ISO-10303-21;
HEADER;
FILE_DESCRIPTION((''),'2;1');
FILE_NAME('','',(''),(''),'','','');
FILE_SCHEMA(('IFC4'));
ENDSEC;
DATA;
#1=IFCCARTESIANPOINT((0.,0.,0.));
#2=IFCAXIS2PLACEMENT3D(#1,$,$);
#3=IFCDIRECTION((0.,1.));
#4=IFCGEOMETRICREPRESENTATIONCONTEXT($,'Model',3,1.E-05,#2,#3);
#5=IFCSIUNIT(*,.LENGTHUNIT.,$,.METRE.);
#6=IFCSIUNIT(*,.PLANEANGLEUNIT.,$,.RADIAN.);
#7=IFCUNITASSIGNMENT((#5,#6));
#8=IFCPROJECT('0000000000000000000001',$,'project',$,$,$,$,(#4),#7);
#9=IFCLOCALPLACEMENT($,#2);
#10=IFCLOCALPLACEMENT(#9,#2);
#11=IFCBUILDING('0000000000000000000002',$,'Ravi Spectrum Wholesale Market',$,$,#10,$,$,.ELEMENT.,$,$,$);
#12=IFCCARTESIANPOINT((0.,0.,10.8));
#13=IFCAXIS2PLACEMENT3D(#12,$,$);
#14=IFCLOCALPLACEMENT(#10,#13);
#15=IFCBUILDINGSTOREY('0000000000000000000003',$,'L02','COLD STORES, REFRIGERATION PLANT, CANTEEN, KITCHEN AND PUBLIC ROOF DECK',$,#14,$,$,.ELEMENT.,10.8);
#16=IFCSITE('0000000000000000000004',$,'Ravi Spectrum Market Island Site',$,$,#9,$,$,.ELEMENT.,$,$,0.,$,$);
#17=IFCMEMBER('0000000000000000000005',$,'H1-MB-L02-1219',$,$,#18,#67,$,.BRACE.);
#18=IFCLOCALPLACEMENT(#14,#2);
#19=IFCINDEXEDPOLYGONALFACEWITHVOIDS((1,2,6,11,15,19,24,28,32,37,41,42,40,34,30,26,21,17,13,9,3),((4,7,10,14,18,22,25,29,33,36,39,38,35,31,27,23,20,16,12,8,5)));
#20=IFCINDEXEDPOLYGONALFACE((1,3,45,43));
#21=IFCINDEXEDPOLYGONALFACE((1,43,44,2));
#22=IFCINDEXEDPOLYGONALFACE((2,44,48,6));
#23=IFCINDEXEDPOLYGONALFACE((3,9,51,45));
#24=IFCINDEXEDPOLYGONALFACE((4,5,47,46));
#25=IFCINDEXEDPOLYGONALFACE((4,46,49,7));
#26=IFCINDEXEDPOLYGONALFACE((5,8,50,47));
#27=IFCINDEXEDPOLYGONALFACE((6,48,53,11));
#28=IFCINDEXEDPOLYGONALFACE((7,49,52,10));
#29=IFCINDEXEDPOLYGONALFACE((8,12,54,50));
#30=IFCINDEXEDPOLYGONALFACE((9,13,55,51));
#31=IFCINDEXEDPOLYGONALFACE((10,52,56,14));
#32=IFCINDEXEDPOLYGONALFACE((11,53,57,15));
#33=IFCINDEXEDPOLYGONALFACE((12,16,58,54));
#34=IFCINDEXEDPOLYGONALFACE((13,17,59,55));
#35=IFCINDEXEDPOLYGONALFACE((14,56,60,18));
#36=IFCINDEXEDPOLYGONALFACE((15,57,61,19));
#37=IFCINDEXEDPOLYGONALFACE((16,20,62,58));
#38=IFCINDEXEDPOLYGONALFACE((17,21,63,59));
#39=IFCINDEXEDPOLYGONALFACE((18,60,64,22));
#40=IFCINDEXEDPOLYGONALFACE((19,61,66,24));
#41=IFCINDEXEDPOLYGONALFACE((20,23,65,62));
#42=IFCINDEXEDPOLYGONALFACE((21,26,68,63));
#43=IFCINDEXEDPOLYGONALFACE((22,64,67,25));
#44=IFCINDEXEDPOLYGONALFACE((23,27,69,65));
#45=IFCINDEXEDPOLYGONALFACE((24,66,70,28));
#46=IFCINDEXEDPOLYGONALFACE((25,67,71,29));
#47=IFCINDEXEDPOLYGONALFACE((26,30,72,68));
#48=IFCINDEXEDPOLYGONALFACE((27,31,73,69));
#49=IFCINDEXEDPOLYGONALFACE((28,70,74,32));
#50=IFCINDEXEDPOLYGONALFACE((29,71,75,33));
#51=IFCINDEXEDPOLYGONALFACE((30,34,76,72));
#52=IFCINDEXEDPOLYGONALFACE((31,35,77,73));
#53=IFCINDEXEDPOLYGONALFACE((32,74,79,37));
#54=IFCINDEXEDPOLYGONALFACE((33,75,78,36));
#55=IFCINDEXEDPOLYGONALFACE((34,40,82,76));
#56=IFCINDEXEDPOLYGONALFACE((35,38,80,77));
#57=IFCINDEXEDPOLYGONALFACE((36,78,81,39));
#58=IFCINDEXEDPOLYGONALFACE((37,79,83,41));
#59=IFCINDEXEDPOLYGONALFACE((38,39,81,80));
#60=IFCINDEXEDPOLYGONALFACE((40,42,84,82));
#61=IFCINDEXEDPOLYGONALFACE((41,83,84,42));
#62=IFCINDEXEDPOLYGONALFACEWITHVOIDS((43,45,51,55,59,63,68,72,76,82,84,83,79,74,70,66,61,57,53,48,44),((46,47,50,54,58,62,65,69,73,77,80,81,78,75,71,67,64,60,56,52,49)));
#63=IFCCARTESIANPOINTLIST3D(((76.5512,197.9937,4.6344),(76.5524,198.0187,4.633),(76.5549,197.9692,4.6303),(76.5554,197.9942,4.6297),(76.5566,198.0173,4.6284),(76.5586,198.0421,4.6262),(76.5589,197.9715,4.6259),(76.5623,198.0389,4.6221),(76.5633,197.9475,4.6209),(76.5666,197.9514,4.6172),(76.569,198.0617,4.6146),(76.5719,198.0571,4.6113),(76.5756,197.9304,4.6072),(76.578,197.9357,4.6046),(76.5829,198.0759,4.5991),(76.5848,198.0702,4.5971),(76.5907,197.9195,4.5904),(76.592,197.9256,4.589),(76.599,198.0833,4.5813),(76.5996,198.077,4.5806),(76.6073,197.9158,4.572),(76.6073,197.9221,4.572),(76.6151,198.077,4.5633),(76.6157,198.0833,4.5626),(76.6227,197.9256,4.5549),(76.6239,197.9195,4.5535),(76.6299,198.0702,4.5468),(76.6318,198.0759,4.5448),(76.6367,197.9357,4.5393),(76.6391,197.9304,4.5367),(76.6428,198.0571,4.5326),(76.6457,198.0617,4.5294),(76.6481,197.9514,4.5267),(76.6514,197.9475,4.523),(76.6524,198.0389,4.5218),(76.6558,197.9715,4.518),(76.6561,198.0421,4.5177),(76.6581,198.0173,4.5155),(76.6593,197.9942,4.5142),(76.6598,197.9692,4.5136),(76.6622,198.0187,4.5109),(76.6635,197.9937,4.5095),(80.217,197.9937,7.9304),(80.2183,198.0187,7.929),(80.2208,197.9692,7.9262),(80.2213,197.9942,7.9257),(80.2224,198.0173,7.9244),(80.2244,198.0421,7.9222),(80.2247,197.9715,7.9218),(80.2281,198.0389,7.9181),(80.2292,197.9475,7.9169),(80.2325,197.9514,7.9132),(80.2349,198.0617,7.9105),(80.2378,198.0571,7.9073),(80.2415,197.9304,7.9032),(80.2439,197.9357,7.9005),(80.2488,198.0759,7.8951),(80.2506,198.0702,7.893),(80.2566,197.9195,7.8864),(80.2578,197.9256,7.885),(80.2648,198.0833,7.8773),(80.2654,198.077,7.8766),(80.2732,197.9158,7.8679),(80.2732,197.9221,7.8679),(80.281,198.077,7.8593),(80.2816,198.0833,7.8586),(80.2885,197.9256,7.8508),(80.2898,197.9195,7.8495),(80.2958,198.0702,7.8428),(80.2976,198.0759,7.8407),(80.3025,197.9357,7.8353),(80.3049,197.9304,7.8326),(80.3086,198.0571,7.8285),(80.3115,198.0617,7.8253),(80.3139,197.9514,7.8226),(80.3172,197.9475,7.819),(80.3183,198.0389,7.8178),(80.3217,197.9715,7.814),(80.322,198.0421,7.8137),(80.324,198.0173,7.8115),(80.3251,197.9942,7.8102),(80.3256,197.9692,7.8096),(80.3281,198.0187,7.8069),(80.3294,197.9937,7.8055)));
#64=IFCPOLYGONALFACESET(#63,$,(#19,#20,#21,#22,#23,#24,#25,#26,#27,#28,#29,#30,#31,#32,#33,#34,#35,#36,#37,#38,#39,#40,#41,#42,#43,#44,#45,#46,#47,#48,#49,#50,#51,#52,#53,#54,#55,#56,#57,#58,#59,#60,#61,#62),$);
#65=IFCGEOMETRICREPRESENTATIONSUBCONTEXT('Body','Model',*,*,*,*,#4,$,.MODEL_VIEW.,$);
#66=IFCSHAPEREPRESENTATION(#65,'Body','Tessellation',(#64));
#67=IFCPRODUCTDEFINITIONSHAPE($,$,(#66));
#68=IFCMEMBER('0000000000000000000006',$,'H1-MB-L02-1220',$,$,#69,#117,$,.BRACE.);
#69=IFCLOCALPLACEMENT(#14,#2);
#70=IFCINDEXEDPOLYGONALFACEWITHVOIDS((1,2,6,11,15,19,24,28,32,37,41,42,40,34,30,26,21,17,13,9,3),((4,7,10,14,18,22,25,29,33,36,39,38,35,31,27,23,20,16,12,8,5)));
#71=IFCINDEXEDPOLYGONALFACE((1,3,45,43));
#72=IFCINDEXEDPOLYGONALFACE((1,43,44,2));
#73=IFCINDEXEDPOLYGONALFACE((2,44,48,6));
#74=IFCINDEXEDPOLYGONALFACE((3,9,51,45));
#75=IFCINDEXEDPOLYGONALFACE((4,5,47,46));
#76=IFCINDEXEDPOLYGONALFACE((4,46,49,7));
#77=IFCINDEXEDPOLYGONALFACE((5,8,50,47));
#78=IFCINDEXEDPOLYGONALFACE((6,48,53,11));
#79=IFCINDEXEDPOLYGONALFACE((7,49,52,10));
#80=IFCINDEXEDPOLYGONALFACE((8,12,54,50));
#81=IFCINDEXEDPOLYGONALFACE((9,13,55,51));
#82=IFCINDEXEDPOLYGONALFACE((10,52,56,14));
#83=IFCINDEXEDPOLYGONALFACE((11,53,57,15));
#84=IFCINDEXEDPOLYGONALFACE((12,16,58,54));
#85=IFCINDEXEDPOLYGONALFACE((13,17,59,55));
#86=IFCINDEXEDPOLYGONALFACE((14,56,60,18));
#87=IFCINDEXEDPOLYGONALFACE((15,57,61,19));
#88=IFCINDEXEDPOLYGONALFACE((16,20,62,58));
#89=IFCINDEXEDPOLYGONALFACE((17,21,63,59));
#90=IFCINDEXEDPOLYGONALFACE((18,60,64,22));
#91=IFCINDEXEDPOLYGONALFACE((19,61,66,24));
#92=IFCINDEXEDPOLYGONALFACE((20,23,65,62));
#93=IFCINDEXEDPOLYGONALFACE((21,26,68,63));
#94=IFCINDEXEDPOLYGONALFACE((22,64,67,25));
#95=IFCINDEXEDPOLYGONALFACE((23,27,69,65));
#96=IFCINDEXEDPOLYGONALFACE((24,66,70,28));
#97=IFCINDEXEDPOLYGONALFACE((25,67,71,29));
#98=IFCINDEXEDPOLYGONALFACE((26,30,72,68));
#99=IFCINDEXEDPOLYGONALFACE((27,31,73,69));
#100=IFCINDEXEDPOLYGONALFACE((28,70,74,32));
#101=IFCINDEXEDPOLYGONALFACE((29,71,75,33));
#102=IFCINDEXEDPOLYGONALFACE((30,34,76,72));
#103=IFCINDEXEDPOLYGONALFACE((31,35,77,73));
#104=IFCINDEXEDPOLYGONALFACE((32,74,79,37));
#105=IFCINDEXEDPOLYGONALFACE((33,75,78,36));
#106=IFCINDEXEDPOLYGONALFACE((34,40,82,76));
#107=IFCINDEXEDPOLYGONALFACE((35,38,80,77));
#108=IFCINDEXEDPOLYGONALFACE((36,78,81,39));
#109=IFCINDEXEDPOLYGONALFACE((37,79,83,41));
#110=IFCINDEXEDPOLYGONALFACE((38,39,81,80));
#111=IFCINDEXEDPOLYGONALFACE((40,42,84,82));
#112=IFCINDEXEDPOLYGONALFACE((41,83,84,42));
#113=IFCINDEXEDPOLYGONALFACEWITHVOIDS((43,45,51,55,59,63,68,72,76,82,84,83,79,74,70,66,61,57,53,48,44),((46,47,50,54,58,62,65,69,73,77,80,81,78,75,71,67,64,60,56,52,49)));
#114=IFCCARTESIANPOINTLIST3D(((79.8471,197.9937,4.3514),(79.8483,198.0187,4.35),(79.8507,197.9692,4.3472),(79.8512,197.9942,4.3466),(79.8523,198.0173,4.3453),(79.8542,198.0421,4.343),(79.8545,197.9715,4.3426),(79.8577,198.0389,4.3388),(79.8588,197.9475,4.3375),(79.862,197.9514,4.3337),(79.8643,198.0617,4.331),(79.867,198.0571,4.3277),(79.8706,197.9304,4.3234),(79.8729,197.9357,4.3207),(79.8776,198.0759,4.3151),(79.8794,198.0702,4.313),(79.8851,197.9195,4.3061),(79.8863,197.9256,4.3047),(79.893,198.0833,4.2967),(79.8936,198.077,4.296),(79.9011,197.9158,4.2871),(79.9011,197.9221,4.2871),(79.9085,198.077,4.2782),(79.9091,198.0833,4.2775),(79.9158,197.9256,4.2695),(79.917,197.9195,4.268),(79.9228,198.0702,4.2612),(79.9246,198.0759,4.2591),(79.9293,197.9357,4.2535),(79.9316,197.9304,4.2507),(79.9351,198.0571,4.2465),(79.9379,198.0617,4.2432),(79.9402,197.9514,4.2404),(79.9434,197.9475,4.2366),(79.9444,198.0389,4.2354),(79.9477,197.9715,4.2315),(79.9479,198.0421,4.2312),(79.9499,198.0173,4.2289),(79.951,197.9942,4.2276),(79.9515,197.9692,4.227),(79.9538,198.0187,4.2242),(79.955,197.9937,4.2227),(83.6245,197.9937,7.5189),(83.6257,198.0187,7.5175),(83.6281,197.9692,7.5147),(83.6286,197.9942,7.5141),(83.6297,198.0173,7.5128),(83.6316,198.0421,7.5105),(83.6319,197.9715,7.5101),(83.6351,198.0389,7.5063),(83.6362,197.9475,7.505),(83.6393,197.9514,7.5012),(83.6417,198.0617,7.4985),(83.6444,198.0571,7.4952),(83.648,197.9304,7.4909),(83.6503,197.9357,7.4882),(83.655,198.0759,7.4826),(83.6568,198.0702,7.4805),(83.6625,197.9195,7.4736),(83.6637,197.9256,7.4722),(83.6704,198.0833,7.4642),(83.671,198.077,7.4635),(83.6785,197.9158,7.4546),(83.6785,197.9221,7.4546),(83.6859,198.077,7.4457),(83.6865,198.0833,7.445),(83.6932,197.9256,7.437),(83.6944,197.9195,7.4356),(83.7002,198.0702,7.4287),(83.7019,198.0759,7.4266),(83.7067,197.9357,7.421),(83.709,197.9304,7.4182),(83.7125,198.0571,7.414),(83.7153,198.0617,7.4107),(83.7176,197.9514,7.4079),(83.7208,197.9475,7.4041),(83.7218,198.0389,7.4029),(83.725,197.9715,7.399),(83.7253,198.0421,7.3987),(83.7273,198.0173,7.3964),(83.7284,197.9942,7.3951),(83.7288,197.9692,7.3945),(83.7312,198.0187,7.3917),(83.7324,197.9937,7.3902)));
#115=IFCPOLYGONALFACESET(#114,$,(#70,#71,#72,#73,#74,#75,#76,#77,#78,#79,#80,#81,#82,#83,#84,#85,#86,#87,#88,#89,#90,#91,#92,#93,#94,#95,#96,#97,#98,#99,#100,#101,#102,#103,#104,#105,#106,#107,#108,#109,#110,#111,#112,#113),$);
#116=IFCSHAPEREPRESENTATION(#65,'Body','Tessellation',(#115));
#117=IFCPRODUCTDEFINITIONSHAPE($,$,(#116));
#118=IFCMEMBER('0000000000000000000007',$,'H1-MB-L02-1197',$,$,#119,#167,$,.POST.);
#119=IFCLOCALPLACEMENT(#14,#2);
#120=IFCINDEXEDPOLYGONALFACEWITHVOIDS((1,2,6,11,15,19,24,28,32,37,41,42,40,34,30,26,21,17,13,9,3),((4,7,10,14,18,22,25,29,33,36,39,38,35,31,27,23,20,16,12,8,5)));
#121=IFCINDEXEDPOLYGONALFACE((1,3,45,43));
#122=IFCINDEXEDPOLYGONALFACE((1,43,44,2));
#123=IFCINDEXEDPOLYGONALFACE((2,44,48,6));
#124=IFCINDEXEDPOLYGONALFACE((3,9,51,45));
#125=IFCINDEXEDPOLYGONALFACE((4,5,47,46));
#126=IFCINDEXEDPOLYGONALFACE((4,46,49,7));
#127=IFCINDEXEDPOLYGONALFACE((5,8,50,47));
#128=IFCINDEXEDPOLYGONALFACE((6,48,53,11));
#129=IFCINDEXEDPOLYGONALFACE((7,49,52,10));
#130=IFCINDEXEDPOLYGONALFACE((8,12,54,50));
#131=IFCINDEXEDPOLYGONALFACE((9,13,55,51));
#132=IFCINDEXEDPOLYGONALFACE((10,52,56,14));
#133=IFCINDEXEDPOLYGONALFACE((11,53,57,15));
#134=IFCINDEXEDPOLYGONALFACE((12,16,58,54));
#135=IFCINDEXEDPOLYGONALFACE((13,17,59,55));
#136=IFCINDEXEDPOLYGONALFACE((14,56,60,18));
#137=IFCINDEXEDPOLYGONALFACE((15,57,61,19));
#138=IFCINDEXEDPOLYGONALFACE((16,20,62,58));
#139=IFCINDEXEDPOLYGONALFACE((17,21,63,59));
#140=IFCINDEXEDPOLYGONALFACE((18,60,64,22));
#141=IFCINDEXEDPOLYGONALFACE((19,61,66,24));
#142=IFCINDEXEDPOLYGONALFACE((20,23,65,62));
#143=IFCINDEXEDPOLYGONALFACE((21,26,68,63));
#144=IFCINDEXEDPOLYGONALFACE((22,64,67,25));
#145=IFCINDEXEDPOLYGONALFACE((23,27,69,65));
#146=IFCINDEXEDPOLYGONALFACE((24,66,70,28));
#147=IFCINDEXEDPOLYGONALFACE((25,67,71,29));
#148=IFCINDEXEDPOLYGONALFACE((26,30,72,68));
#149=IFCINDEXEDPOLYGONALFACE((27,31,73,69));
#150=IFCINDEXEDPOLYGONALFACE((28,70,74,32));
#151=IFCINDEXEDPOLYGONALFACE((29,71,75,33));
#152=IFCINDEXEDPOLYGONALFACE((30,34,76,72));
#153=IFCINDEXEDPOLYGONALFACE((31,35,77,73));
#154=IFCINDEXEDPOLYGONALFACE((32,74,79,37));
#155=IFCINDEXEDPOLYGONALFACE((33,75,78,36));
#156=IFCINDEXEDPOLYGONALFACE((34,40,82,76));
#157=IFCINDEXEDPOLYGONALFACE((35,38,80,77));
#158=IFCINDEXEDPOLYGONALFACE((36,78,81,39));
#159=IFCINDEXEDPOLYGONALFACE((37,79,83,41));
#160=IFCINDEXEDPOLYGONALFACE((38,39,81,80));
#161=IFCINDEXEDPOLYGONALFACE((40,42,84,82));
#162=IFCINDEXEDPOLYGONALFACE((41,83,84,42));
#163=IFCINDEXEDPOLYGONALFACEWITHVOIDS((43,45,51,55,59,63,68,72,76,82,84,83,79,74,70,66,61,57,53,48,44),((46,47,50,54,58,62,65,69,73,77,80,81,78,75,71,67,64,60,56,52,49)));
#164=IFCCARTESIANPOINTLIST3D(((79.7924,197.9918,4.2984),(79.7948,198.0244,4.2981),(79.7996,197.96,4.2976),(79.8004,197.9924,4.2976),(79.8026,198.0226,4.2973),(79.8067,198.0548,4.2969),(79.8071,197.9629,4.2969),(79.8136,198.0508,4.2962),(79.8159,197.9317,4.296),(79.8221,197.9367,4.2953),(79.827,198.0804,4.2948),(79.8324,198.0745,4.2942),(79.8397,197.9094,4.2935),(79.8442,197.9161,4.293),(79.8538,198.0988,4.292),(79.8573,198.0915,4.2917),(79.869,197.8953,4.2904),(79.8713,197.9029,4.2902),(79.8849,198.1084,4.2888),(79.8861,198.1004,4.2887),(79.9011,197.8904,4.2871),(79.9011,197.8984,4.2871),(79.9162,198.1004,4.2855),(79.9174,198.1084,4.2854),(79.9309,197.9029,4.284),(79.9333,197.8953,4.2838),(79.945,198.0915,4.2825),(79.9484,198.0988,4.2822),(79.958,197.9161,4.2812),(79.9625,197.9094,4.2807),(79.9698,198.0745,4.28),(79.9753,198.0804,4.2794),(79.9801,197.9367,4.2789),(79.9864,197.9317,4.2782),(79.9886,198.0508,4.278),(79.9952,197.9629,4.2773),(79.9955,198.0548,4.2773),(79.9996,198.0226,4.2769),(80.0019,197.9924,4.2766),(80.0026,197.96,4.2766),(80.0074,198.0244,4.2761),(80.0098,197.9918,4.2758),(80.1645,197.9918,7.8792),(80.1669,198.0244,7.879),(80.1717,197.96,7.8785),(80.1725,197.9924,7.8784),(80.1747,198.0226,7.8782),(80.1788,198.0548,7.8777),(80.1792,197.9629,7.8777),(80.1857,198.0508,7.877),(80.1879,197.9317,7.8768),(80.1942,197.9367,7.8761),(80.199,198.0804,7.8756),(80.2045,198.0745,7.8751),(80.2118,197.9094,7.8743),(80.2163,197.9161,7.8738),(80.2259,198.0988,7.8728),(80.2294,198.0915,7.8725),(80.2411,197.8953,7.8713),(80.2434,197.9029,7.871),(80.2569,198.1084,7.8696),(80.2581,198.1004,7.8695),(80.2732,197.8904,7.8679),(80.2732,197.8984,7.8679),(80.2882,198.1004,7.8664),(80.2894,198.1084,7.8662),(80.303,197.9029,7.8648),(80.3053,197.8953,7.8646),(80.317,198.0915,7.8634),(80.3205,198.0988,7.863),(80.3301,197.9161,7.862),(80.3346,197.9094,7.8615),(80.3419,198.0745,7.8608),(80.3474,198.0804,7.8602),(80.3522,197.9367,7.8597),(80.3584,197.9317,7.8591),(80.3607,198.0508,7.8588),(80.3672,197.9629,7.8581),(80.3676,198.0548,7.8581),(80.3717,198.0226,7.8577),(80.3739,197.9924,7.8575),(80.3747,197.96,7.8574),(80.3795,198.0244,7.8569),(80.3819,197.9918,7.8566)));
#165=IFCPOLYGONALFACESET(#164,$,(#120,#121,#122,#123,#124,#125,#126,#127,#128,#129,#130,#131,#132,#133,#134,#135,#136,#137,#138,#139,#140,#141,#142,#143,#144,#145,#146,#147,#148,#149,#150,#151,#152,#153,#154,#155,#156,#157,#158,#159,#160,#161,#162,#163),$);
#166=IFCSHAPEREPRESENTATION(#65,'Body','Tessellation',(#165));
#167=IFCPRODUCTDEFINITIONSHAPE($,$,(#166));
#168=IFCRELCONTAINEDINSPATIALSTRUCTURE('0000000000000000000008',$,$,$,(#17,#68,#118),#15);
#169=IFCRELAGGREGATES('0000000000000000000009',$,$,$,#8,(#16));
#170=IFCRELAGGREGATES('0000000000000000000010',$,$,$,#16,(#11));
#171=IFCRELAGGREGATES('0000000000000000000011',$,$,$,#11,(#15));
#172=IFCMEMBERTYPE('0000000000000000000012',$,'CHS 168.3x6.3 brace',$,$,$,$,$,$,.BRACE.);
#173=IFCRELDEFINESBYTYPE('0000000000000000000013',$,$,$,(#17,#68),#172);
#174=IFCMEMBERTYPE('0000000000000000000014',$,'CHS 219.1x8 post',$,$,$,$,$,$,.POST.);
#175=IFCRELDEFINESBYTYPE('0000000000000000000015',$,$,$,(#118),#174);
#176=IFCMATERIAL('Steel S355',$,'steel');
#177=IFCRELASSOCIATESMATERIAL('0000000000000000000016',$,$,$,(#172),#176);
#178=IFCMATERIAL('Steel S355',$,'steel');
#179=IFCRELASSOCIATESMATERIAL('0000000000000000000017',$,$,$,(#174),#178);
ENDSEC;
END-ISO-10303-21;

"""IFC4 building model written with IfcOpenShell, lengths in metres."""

from ifc_helpers import new_model, si_unit, direction, frame, origin, origin_2d, place, context, subcontext, project, spatial, hollow_circle, extrude, material, material_profile, profile_set, type_object, element, save


model = new_model("IFC4")

# Units and contexts
model_context = context("Model", 3, precision=1e-05, world=origin(), true_north=direction((0.0, 1.0)))
body_context = subcontext(model_context, "Body", "Model", "MODEL_VIEW")
ifc_project = project(units=[si_unit("LENGTHUNIT", "METRE"), si_unit("PLANEANGLEUNIT", "RADIAN")], contexts=[model_context])

# Site, building, storey
site_placement = place(None, origin())
site = spatial("IfcSite", under=ifc_project, at=site_placement, Name="Ravi Spectrum Market Island Site", CompositionType="ELEMENT", RefElevation=0.0)
building_placement = place(site_placement, origin())
building = spatial("IfcBuilding", under=site, at=building_placement, Name="Ravi Spectrum Wholesale Market", CompositionType="ELEMENT")
storey_placement = place(building_placement, frame((0.0, 0.0, 10.8)))
storey = spatial("IfcBuildingStorey", under=building, at=storey_placement, Name="L02", Description="COLD STORES, REFRIGERATION PLANT, CANTEEN, KITCHEN AND PUBLIC ROOF DECK", CompositionType="ELEMENT", Elevation=10.8)

# Members
ifc_material_1 = material(Name="Steel S355", Category="steel")
ifc_material_profile_1 = material_profile(ifc_material_1, hollow_circle(Radius=0.0842, WallThickness=0.0063, at=origin_2d()))
ifc_profile_set_1 = profile_set([ifc_material_profile_1], Name="Steel S355")
member_type_1 = type_object("IfcMemberType", Name="CHS 168.3x6.3 brace", PredefinedType="BRACE", material=ifc_profile_set_1)
for number, where, z_axis, x_axis, name in (
    (1, (80.2732, 198.0, 7.8679), (-0.743627, 0.0, -0.668595), (0.0, -1.0, 0.0), "H1-MB-L02-1219"),
    (2, (83.6785, 198.0, 7.4546), (-0.766253, 0.0, -0.642539), (0.0, -1.0, 0.0), "H1-MB-L02-1220"),
):
    element("IfcMember", number, at=place(storey_placement, frame(where, z_axis=z_axis, x_axis=x_axis)), inside=storey, type_object=member_type_1, Name=name, PredefinedType="BRACE", context=body_context, shape_type="SweptSolid", body=[
        extrude(hollow_circle(Radius=0.0842, WallThickness=0.0063, at=origin_2d()), origin(), (0.0, 0.0, 1.0), 4.9297),
    ])
ifc_material_2 = material(Name="Steel S355", Category="steel")
ifc_material_profile_2 = material_profile(ifc_material_2, hollow_circle(Radius=0.1096, WallThickness=0.0081, at=origin_2d()))
ifc_profile_set_2 = profile_set([ifc_material_profile_2], Name="Steel S355")
member_type_2 = type_object("IfcMemberType", Name="CHS 219.1x8 post", PredefinedType="POST", material=ifc_profile_set_2)
member_1_placement = place(storey_placement, frame((80.2732, 198.0, 7.8679), z_axis=(-0.10335, 0.0, -0.994645), x_axis=(0.0, -1.0, 0.0)))
element("IfcMember", 3, at=member_1_placement, inside=storey, type_object=member_type_2, Name="H1-MB-L02-1197", PredefinedType="POST", context=body_context, shape_type="SweptSolid", body=[
    extrude(hollow_circle(Radius=0.1096, WallThickness=0.0081, at=origin_2d()), origin(), (0.0, 0.0, 1.0), 3.6001),
])

save(model, "model.ifc")
